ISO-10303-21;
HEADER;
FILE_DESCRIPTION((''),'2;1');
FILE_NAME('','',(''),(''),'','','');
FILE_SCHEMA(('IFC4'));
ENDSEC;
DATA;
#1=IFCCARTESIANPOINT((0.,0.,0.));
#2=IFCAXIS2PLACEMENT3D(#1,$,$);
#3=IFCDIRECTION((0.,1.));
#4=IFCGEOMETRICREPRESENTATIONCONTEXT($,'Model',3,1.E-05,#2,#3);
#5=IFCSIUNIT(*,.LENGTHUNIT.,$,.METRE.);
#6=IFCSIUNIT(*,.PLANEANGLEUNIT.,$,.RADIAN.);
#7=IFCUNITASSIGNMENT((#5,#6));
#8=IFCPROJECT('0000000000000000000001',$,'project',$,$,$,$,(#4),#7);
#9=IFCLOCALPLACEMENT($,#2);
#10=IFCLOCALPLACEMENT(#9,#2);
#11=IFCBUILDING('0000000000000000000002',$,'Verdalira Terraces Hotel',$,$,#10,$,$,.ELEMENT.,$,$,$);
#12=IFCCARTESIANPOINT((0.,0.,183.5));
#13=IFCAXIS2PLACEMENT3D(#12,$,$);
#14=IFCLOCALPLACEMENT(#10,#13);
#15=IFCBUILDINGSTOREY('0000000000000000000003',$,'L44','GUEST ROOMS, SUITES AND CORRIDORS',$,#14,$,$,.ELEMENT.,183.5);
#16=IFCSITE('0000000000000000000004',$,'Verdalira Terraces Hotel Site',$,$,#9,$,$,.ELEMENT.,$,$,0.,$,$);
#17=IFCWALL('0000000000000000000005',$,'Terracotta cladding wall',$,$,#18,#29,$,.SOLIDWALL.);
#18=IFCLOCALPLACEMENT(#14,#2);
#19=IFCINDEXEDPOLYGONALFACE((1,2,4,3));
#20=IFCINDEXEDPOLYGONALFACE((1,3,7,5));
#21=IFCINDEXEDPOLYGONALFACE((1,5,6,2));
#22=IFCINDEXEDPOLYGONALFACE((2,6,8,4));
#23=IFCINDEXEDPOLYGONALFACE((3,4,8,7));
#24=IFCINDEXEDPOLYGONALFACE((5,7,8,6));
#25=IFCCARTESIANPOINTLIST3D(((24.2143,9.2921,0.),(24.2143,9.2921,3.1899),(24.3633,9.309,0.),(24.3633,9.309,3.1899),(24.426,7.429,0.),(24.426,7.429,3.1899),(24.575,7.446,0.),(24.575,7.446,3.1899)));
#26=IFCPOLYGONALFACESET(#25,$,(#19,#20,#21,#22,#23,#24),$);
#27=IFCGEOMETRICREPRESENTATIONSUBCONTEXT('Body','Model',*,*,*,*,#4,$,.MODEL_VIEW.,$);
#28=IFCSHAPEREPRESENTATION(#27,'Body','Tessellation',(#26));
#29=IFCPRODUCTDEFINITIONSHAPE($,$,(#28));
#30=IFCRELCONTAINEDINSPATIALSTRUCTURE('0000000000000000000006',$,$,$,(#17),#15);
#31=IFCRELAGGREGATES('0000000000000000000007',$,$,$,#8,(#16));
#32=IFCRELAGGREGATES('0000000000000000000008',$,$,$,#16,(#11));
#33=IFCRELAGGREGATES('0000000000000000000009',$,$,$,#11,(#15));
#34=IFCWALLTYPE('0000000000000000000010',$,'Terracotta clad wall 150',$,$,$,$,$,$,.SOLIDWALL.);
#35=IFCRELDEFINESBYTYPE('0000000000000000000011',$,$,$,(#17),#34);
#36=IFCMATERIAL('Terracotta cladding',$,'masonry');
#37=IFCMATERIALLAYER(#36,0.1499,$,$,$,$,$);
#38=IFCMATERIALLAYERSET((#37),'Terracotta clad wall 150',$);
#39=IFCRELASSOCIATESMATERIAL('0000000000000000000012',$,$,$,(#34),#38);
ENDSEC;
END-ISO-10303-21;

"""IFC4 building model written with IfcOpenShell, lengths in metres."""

from ifc_helpers import new_model, si_unit, direction, frame, frame_2d, origin, place, context, subcontext, project, spatial, rectangle, extrude, material, layer, layer_set, type_object, element, save


model = new_model("IFC4")

# Units and contexts
model_context = context("Model", 3, precision=1e-05, world=origin(), true_north=direction((0.0, 1.0)))
body_context = subcontext(model_context, "Body", "Model", "MODEL_VIEW")
ifc_project = project(units=[si_unit("LENGTHUNIT", "METRE"), si_unit("PLANEANGLEUNIT", "RADIAN")], contexts=[model_context])

# Site, building, storey
site_placement = place(None, origin())
site = spatial("IfcSite", under=ifc_project, at=site_placement, Name="Verdalira Terraces Hotel Site", CompositionType="ELEMENT", RefElevation=0.0)
building_placement = place(site_placement, origin())
building = spatial("IfcBuilding", under=site, at=building_placement, Name="Verdalira Terraces Hotel", CompositionType="ELEMENT")
storey_placement = place(building_placement, frame((0.0, 0.0, 183.5)))
storey = spatial("IfcBuildingStorey", under=building, at=storey_placement, Name="L44", Description="GUEST ROOMS, SUITES AND CORRIDORS", CompositionType="ELEMENT", Elevation=183.5)

# Wall
ifc_material_1 = material(Name="Terracotta cladding", Category="masonry")
ifc_layer_1 = layer(ifc_material_1, 0.1499)
ifc_layer_set_1 = layer_set([ifc_layer_1], Name="Terracotta clad wall 150")
wall_type_1 = type_object("IfcWallType", Name="Terracotta clad wall 150", PredefinedType="SOLIDWALL", material=ifc_layer_set_1)
for number, where, z_axis, x_axis, name in (
    (1, (24.5005, 7.4375, 0.0), (0.0, 0.0, 1.0), (-0.112889, 0.993608, 0.0), "Terracotta cladding wall"),
):
    element("IfcWall", number, at=place(storey_placement, frame(where, z_axis=z_axis, x_axis=x_axis)), inside=storey, type_object=wall_type_1, Name=name, PredefinedType="SOLIDWALL", context=body_context, shape_type="SweptSolid", body=[
        extrude(rectangle(XDim=1.875, YDim=0.1499, at=frame_2d((0.9375, 0.0))), origin(), (0.0, 0.0, 1.0), 3.1899),
    ])

save(model, "model.ifc")
